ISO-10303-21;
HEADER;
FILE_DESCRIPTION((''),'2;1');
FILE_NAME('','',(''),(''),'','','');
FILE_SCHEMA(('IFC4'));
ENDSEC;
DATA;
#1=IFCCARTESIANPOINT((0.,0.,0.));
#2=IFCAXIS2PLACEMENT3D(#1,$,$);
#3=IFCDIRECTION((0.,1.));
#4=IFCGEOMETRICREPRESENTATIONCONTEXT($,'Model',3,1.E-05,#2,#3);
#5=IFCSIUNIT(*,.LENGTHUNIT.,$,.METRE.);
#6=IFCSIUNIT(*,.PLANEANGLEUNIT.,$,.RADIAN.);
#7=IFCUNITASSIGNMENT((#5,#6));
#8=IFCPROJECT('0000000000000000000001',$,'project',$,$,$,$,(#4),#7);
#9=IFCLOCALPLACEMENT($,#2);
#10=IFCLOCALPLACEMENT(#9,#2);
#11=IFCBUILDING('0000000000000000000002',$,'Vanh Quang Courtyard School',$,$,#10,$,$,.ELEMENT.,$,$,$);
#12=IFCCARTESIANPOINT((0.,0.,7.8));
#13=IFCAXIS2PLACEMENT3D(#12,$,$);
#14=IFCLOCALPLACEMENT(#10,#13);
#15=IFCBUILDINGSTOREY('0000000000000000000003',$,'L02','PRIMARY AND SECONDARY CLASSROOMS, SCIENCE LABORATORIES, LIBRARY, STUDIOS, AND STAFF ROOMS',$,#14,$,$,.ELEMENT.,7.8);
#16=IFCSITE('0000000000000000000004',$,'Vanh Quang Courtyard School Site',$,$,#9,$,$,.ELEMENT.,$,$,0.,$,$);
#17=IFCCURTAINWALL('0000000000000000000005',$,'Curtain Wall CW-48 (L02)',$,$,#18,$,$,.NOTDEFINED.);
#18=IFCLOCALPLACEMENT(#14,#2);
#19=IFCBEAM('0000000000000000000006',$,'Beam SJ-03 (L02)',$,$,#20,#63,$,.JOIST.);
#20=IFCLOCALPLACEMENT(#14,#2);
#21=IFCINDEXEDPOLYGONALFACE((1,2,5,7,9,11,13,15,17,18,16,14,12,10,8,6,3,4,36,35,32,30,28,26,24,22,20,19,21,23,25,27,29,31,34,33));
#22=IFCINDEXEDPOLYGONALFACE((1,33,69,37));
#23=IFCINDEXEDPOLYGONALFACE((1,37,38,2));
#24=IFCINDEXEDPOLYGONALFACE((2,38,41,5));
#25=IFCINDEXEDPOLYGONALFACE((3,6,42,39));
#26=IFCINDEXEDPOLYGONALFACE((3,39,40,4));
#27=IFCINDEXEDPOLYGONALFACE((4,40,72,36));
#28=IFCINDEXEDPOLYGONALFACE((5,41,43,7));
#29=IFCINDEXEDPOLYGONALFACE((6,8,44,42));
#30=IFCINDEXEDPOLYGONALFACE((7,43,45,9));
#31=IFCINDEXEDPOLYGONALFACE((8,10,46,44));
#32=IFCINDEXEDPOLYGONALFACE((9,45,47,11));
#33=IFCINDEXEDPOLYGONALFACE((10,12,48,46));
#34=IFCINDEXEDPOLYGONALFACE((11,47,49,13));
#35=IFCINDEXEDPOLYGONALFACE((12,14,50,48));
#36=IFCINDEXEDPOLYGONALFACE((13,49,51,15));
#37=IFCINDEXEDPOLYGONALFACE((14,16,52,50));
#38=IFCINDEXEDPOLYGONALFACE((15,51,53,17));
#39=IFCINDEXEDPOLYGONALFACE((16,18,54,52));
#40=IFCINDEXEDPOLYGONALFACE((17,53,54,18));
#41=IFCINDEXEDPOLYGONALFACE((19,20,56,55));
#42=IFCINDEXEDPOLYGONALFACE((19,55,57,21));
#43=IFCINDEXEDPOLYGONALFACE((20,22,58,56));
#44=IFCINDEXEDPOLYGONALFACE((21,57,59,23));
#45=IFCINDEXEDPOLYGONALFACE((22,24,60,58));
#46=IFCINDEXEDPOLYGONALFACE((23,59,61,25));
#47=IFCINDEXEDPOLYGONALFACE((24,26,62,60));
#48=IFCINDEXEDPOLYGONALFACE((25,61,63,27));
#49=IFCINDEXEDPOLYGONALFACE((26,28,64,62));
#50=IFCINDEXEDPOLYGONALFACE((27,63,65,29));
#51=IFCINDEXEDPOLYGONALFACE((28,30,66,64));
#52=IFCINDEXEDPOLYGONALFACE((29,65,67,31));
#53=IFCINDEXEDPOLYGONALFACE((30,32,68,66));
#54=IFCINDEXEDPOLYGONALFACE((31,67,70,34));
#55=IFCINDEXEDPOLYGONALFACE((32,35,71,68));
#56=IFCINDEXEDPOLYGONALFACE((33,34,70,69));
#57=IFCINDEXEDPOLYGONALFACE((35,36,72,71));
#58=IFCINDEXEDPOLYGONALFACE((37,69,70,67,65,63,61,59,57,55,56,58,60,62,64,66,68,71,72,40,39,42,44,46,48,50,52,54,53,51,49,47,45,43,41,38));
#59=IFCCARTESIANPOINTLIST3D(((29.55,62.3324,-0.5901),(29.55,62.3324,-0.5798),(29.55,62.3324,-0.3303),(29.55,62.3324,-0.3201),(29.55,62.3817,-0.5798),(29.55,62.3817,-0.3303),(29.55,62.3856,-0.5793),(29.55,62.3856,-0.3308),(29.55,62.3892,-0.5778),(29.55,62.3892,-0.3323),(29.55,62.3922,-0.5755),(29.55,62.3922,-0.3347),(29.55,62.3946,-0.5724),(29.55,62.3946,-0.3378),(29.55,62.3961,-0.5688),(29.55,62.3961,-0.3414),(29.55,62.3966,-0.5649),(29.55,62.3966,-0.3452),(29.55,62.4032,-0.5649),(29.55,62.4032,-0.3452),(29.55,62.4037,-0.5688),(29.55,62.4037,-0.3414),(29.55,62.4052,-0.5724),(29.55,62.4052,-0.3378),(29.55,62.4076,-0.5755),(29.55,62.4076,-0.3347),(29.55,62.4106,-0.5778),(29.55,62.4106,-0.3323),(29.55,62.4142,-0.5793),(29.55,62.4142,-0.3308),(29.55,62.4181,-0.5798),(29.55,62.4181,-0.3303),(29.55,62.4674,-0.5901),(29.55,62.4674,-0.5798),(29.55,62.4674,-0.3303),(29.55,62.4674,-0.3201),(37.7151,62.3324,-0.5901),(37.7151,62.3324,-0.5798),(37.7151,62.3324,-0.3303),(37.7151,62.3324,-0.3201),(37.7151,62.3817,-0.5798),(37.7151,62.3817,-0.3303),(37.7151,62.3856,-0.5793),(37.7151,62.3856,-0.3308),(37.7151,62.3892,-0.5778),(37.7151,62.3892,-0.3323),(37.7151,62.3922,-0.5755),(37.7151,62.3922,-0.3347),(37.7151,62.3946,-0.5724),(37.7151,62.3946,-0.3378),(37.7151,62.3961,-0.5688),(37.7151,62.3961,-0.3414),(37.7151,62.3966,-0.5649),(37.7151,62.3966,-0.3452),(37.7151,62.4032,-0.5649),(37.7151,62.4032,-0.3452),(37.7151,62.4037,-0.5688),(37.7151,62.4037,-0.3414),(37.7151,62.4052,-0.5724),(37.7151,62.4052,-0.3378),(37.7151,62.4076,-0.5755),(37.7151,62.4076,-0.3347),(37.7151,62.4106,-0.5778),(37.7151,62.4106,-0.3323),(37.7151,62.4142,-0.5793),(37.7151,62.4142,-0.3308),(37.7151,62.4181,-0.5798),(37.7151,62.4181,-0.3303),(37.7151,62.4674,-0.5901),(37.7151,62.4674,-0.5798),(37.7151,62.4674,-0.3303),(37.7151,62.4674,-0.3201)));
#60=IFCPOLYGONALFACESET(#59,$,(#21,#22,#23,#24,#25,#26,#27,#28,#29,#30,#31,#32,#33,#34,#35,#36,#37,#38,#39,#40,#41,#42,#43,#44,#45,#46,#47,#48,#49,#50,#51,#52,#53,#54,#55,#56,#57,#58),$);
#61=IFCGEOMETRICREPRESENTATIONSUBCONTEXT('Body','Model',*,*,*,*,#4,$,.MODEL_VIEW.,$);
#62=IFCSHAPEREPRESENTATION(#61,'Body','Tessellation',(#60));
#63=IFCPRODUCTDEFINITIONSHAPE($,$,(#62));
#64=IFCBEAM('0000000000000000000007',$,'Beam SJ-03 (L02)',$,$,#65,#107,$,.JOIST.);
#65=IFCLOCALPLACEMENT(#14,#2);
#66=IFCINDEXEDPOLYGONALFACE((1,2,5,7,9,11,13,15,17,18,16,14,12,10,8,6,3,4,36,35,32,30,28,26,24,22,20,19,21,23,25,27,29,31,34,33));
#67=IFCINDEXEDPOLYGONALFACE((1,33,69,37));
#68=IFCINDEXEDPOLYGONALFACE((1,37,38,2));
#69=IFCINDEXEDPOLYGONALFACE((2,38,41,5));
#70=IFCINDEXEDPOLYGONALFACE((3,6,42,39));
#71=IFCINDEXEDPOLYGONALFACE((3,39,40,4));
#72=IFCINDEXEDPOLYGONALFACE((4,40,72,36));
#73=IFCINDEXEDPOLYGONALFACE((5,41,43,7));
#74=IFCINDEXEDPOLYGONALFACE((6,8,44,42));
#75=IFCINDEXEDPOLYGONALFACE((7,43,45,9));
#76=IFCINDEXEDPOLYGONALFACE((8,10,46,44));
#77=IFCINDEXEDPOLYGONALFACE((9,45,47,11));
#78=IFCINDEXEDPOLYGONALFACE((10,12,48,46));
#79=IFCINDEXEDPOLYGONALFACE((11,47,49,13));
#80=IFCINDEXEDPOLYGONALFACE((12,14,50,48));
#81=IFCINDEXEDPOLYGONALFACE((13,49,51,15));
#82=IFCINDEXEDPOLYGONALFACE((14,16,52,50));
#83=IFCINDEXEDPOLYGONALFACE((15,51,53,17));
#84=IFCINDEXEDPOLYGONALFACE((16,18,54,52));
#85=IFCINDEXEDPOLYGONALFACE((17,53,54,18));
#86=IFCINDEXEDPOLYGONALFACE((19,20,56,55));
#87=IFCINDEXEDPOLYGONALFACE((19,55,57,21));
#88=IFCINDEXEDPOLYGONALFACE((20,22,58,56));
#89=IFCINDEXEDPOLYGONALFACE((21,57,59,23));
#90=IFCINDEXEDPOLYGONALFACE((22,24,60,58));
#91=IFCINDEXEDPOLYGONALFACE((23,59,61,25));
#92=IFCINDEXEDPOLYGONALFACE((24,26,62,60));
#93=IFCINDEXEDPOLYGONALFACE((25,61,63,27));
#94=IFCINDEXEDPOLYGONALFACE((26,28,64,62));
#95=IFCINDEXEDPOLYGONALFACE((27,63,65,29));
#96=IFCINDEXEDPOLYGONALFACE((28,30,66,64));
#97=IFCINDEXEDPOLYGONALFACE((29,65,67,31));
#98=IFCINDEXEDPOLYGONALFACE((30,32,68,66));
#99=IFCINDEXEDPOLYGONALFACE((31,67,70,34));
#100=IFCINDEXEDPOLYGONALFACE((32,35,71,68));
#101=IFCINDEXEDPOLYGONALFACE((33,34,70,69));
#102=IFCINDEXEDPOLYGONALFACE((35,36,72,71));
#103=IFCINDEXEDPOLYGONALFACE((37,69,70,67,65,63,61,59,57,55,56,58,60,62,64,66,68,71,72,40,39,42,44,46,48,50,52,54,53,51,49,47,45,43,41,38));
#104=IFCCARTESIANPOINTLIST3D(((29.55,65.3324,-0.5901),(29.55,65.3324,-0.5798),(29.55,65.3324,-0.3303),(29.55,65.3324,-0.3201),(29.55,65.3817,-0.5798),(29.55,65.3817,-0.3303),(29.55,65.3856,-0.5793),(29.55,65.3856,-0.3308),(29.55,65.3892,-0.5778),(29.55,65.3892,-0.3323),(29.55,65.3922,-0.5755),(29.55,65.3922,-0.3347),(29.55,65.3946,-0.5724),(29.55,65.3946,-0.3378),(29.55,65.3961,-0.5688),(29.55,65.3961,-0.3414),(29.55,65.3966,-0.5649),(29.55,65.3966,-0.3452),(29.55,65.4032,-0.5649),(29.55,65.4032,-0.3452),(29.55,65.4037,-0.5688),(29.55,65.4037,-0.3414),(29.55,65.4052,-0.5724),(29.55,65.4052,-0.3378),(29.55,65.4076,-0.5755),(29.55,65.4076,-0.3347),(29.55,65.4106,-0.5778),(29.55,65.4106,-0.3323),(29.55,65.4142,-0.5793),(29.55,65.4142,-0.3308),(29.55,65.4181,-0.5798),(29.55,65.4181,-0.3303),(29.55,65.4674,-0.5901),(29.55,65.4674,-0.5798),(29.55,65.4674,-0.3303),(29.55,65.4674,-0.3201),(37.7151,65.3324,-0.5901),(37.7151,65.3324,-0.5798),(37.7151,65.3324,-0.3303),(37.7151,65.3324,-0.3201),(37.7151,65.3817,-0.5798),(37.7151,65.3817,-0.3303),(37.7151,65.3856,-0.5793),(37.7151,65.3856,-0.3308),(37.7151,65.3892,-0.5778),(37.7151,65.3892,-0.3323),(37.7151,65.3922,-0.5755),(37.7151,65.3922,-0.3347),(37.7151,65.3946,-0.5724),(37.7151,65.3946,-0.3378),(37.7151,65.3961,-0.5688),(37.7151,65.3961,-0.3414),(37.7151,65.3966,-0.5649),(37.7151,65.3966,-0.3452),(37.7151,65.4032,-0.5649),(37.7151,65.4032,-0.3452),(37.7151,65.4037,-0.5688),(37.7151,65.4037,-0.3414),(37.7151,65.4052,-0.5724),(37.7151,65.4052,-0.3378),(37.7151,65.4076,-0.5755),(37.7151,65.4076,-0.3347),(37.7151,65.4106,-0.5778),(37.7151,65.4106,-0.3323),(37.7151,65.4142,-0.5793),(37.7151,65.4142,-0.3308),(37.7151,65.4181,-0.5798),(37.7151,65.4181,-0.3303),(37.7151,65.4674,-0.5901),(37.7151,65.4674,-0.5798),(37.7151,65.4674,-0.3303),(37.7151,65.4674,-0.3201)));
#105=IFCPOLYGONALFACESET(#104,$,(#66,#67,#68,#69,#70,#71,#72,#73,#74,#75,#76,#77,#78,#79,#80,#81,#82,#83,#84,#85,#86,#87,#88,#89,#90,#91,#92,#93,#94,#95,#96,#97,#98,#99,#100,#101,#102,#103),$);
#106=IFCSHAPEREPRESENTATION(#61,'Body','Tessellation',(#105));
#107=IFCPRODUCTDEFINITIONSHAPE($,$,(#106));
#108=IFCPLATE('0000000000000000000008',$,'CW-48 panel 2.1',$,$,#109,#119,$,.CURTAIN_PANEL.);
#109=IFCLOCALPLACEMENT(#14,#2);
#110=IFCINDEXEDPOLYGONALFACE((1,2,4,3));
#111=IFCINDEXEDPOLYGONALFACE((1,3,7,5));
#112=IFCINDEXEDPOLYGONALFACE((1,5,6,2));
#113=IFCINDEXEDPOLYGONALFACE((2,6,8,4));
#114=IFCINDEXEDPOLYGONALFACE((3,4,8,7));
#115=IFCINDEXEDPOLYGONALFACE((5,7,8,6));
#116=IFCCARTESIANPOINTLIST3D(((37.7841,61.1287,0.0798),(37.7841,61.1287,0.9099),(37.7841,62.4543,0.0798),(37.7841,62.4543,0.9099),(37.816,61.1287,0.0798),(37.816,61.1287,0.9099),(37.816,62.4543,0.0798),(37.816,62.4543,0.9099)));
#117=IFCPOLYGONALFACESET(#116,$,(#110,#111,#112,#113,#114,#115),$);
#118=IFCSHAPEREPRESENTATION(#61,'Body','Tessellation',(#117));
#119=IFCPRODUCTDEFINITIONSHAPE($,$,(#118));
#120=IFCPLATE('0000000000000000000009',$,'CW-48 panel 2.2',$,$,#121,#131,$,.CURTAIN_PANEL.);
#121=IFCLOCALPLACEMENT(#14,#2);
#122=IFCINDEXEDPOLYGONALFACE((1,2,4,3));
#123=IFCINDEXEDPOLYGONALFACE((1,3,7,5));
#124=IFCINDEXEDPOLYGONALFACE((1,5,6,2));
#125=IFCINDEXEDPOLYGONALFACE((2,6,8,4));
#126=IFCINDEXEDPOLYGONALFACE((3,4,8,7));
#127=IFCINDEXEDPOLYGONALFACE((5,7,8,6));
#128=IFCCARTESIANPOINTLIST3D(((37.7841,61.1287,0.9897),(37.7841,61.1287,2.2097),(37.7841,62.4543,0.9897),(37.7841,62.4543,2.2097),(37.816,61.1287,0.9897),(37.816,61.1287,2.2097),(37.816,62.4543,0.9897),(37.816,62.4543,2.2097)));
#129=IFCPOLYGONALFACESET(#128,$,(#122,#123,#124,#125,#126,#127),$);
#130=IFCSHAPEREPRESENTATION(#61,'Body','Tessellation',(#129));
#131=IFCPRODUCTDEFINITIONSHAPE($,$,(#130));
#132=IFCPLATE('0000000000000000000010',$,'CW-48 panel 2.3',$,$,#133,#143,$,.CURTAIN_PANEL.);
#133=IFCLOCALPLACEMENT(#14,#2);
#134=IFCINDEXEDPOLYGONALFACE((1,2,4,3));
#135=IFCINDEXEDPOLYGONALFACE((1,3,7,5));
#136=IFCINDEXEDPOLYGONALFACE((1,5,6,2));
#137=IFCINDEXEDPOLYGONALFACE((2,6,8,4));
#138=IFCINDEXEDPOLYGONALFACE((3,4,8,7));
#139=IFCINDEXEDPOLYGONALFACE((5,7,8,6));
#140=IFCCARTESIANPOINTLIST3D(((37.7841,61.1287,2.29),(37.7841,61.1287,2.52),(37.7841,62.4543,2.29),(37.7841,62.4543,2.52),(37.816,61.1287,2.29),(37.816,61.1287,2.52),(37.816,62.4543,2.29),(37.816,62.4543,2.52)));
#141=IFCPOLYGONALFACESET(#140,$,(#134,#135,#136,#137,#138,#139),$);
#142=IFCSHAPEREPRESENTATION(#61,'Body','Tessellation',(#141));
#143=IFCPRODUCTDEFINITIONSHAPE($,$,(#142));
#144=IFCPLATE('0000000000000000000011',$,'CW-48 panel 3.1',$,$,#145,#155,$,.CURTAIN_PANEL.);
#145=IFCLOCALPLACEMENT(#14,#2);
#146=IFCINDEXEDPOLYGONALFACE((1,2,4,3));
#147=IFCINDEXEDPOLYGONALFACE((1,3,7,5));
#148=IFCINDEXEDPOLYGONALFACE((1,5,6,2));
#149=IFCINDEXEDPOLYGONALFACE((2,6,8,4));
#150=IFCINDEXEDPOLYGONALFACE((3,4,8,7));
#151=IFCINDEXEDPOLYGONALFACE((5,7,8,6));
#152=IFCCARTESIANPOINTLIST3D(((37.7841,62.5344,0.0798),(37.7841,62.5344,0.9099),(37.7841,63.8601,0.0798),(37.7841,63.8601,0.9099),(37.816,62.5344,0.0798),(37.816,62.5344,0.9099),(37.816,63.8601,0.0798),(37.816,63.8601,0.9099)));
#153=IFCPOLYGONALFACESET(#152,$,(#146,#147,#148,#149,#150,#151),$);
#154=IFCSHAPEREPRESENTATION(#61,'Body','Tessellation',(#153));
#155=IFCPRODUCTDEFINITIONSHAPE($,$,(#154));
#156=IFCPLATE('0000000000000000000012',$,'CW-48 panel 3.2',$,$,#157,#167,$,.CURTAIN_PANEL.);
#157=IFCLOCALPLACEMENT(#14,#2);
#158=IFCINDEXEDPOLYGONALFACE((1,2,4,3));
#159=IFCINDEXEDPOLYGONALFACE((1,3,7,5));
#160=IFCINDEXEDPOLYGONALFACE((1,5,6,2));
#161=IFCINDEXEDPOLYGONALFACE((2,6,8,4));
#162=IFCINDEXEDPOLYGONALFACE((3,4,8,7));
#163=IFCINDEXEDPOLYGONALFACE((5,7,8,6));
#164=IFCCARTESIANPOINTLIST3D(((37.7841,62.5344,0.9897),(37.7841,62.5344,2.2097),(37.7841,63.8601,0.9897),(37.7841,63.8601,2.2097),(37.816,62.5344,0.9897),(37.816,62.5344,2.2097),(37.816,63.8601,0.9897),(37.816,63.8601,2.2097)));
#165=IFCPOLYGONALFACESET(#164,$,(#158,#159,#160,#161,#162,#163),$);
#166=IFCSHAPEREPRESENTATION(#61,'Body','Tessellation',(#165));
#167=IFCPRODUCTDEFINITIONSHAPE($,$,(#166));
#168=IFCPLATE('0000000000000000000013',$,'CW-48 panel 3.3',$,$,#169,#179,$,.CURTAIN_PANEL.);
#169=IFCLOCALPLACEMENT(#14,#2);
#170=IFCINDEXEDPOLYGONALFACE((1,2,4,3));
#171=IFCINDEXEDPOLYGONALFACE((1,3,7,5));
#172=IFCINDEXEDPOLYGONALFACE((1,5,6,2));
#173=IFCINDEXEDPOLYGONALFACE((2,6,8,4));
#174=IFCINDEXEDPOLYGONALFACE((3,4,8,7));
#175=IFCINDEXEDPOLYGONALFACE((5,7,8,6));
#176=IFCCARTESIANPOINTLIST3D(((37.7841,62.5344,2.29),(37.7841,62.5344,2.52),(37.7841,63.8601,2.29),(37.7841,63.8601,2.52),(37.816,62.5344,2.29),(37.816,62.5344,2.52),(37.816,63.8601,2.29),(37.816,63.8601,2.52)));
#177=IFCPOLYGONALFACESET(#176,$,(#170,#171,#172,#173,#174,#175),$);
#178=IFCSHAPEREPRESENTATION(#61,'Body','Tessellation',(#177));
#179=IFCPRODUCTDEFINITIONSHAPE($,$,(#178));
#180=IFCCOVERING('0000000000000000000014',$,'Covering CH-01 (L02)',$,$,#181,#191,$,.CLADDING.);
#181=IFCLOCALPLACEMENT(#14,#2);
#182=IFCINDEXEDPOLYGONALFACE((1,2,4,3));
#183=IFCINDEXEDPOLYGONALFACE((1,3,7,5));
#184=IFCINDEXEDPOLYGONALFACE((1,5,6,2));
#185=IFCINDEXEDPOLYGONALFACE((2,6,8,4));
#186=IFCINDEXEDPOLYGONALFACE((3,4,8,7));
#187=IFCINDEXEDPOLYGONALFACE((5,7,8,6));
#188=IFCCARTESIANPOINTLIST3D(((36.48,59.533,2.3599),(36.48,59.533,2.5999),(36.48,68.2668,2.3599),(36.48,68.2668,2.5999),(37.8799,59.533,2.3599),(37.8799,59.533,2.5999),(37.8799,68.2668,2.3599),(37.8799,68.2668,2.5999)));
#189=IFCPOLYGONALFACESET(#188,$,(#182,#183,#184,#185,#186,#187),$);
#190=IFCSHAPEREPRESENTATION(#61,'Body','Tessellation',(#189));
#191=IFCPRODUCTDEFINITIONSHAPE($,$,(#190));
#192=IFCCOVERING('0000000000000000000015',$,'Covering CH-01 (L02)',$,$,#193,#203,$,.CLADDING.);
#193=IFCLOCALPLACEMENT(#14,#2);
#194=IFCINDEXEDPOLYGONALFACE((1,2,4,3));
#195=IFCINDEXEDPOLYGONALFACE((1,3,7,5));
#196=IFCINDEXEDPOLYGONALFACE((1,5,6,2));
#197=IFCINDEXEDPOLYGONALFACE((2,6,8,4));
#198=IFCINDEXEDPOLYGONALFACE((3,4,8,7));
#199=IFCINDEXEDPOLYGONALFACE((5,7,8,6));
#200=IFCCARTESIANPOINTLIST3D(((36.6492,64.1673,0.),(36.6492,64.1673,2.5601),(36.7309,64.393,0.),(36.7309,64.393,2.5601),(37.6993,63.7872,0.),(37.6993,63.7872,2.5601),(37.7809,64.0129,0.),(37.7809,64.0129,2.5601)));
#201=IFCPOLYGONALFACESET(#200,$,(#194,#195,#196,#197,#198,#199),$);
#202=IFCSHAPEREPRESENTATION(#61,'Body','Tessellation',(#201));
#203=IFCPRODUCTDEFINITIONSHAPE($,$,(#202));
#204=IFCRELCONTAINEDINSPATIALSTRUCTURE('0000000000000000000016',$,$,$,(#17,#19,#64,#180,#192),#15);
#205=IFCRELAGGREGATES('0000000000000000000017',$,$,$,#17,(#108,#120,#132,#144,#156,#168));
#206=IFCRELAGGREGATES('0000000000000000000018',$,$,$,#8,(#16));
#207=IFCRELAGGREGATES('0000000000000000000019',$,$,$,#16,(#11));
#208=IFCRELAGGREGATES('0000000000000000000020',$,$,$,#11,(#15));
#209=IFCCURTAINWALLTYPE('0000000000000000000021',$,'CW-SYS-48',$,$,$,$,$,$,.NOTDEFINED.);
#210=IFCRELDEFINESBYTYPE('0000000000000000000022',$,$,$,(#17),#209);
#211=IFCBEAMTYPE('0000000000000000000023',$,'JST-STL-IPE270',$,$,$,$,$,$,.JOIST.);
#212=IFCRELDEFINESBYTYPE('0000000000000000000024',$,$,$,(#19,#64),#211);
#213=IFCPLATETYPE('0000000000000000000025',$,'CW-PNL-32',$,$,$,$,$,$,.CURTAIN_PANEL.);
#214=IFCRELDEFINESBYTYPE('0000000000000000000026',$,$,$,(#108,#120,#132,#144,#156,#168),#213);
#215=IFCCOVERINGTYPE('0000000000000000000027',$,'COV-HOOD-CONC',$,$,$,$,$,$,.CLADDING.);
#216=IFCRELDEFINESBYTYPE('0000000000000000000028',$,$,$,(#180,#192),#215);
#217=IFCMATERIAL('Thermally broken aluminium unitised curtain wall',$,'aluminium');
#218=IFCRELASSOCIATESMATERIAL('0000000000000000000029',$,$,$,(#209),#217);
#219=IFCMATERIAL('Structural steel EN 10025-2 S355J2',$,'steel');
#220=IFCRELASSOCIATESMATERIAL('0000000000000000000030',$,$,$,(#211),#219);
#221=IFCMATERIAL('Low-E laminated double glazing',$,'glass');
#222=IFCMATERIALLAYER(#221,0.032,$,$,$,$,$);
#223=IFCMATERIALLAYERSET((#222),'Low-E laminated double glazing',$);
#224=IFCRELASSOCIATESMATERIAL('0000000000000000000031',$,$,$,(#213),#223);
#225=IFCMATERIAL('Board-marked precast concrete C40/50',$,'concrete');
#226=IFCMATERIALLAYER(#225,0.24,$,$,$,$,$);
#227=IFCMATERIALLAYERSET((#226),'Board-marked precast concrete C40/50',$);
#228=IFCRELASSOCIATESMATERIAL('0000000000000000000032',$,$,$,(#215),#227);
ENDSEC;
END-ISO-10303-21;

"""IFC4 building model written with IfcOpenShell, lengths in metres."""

from ifc_helpers import new_model, si_unit, direction, frame, origin, origin_2d, place, context, subcontext, project, spatial, rectangle, i_section, extrude, material, layer, layer_set, material_profile, profile_set, type_object, element, aggregate, save


model = new_model("IFC4")

# Units and contexts
model_context = context("Model", 3, precision=1e-05, world=origin(), true_north=direction((0.0, 1.0)))
body_context = subcontext(model_context, "Body", "Model", "MODEL_VIEW")
ifc_project = project(units=[si_unit("LENGTHUNIT", "METRE"), si_unit("PLANEANGLEUNIT", "RADIAN")], contexts=[model_context])

# Site, building, storey
site_placement = place(None, origin())
site = spatial("IfcSite", under=ifc_project, at=site_placement, Name="Vanh Quang Courtyard School Site", CompositionType="ELEMENT", RefElevation=0.0)
building_placement = place(site_placement, origin())
building = spatial("IfcBuilding", under=site, at=building_placement, Name="Vanh Quang Courtyard School", CompositionType="ELEMENT")
storey_placement = place(building_placement, frame((0.0, 0.0, 7.8)))
storey = spatial("IfcBuildingStorey", under=building, at=storey_placement, Name="L02", Description="PRIMARY AND SECONDARY CLASSROOMS, SCIENCE LABORATORIES, LIBRARY, STUDIOS, AND STAFF ROOMS", CompositionType="ELEMENT", Elevation=7.8)

# Curtain wall
ifc_material_1 = material(Name="Thermally broken aluminium unitised curtain wall", Category="aluminium")
curtain_wall_type = type_object("IfcCurtainWallType", Name="CW-SYS-48", PredefinedType="NOTDEFINED", material=ifc_material_1)
curtain_wall_placement = place(storey_placement, origin())
curtain_wall = element("IfcCurtainWall", 1, at=curtain_wall_placement, inside=storey, type_object=curtain_wall_type, Name="Curtain Wall CW-48 (L02)", PredefinedType="NOTDEFINED")

# Beams
ifc_material_2 = material(Name="Structural steel EN 10025-2 S355J2", Category="steel")
ifc_material_profile_1 = material_profile(ifc_material_2, i_section(OverallWidth=0.135, OverallDepth=0.27, WebThickness=0.0066, FlangeThickness=0.0103, FilletRadius=0.0149, at=origin_2d()), Name="IPE 270")
ifc_profile_set_1 = profile_set([ifc_material_profile_1], Name="Structural steel EN 10025-2 S355J2")
beam_type_1 = type_object("IfcBeamType", Name="JST-STL-IPE270", PredefinedType="JOIST", material=ifc_profile_set_1)
for number, where, z_axis, x_axis, name in (
    (2, (29.55, 62.3999, -0.4551), (1.0, 0.0, 0.0), (0.0, 1.0, 0.0), "Beam SJ-03 (L02)"),
    (3, (29.55, 65.3999, -0.4551), (1.0, 0.0, 0.0), (0.0, 1.0, 0.0), "Beam SJ-03 (L02)"),
):
    element("IfcBeam", number, at=place(storey_placement, frame(where, z_axis=z_axis, x_axis=x_axis)), inside=storey, type_object=beam_type_1, Name=name, PredefinedType="JOIST", context=body_context, shape_type="SweptSolid", body=[
        extrude(i_section(OverallWidth=0.135, OverallDepth=0.27, WebThickness=0.0066, FlangeThickness=0.0103, FilletRadius=0.0149, at=origin_2d()), origin(), (0.0, 0.0, 1.0), 8.165),
    ])

# Plates
ifc_material_3 = material(Name="Low-E laminated double glazing", Category="glass")
ifc_layer_1 = layer(ifc_material_3, 0.032)
ifc_layer_set_1 = layer_set([ifc_layer_1], Name="Low-E laminated double glazing")
plate_type = type_object("IfcPlateType", Name="CW-PNL-32", PredefinedType="CURTAIN_PANEL", material=ifc_layer_set_1)
plate_1_placement = place(storey_placement, frame((37.8, 61.7915, 0.0798), z_axis=(0.0, 0.0, 1.0), x_axis=(0.0, 1.0, 0.0)))
plate_1 = element("IfcPlate", 4, at=plate_1_placement, type_object=plate_type, Name="CW-48 panel 2.1", PredefinedType="CURTAIN_PANEL", context=body_context, shape_type="SweptSolid", body=[
    extrude(rectangle(XDim=1.3257, YDim=0.032, at=origin_2d()), origin(), (0.0, 0.0, 1.0), 0.8301),
])
plate_2_placement = place(storey_placement, frame((37.8, 61.7915, 0.9897), z_axis=(0.0, 0.0, 1.0), x_axis=(0.0, 1.0, 0.0)))
plate_2 = element("IfcPlate", 5, at=plate_2_placement, type_object=plate_type, Name="CW-48 panel 2.2", PredefinedType="CURTAIN_PANEL", context=body_context, shape_type="SweptSolid", body=[
    extrude(rectangle(XDim=1.3257, YDim=0.032, at=origin_2d()), origin(), (0.0, 0.0, 1.0), 1.22),
])
plate_3_placement = place(storey_placement, frame((37.8, 61.7915, 2.29), z_axis=(0.0, 0.0, 1.0), x_axis=(0.0, 1.0, 0.0)))
plate_3 = element("IfcPlate", 6, at=plate_3_placement, type_object=plate_type, Name="CW-48 panel 2.3", PredefinedType="CURTAIN_PANEL", context=body_context, shape_type="SweptSolid", body=[
    extrude(rectangle(XDim=1.3257, YDim=0.032, at=origin_2d()), origin(), (0.0, 0.0, 1.0), 0.23),
])
plate_4_placement = place(storey_placement, frame((37.8, 63.1973, 0.0798), z_axis=(0.0, 0.0, 1.0), x_axis=(0.0, 1.0, 0.0)))
plate_4 = element("IfcPlate", 7, at=plate_4_placement, type_object=plate_type, Name="CW-48 panel 3.1", PredefinedType="CURTAIN_PANEL", context=body_context, shape_type="SweptSolid", body=[
    extrude(rectangle(XDim=1.3257, YDim=0.032, at=origin_2d()), origin(), (0.0, 0.0, 1.0), 0.8301),
])
plate_5_placement = place(storey_placement, frame((37.8, 63.1973, 0.9897), z_axis=(0.0, 0.0, 1.0), x_axis=(0.0, 1.0, 0.0)))
plate_5 = element("IfcPlate", 8, at=plate_5_placement, type_object=plate_type, Name="CW-48 panel 3.2", PredefinedType="CURTAIN_PANEL", context=body_context, shape_type="SweptSolid", body=[
    extrude(rectangle(XDim=1.3257, YDim=0.032, at=origin_2d()), origin(), (0.0, 0.0, 1.0), 1.22),
])
plate_6_placement = place(storey_placement, frame((37.8, 63.1973, 2.29), z_axis=(0.0, 0.0, 1.0), x_axis=(0.0, 1.0, 0.0)))
plate_6 = element("IfcPlate", 9, at=plate_6_placement, type_object=plate_type, Name="CW-48 panel 3.3", PredefinedType="CURTAIN_PANEL", context=body_context, shape_type="SweptSolid", body=[
    extrude(rectangle(XDim=1.3257, YDim=0.032, at=origin_2d()), origin(), (0.0, 0.0, 1.0), 0.23),
])
aggregate(curtain_wall, [plate_1, plate_2, plate_3, plate_4, plate_5, plate_6])

# Coverings
ifc_material_4 = material(Name="Board-marked precast concrete C40/50", Category="concrete")
ifc_layer_2 = layer(ifc_material_4, 0.24)
ifc_layer_set_2 = layer_set([ifc_layer_2], Name="Board-marked precast concrete C40/50")
covering_type = type_object("IfcCoveringType", Name="COV-HOOD-CONC", PredefinedType="CLADDING", material=ifc_layer_set_2)
covering_1_placement = place(storey_placement, frame((37.1799, 63.8999, 2.3599), z_axis=(0.0, 0.0, 1.0), x_axis=(0.0, 1.0, 0.0)))
element("IfcCovering", 10, at=covering_1_placement, inside=storey, type_object=covering_type, Name="Covering CH-01 (L02)", PredefinedType="CLADDING", context=body_context, shape_type="SweptSolid", body=[
    extrude(rectangle(XDim=8.7339, YDim=1.3999, at=origin_2d()), origin(), (0.0, 0.0, 1.0), 0.24),
])
covering_2_placement = place(storey_placement, frame((37.2151, 64.0901, 0.0), z_axis=(0.0, 0.0, 1.0), x_axis=(-0.940288, 0.34038, 0.0)))
element("IfcCovering", 11, at=covering_2_placement, inside=storey, type_object=covering_type, Name="Covering CH-01 (L02)", PredefinedType="CLADDING", context=body_context, shape_type="SweptSolid", body=[
    extrude(rectangle(XDim=1.1167, YDim=0.24, at=origin_2d()), origin(), (0.0, 0.0, 1.0), 2.5601),
])

save(model, "model.ifc")
